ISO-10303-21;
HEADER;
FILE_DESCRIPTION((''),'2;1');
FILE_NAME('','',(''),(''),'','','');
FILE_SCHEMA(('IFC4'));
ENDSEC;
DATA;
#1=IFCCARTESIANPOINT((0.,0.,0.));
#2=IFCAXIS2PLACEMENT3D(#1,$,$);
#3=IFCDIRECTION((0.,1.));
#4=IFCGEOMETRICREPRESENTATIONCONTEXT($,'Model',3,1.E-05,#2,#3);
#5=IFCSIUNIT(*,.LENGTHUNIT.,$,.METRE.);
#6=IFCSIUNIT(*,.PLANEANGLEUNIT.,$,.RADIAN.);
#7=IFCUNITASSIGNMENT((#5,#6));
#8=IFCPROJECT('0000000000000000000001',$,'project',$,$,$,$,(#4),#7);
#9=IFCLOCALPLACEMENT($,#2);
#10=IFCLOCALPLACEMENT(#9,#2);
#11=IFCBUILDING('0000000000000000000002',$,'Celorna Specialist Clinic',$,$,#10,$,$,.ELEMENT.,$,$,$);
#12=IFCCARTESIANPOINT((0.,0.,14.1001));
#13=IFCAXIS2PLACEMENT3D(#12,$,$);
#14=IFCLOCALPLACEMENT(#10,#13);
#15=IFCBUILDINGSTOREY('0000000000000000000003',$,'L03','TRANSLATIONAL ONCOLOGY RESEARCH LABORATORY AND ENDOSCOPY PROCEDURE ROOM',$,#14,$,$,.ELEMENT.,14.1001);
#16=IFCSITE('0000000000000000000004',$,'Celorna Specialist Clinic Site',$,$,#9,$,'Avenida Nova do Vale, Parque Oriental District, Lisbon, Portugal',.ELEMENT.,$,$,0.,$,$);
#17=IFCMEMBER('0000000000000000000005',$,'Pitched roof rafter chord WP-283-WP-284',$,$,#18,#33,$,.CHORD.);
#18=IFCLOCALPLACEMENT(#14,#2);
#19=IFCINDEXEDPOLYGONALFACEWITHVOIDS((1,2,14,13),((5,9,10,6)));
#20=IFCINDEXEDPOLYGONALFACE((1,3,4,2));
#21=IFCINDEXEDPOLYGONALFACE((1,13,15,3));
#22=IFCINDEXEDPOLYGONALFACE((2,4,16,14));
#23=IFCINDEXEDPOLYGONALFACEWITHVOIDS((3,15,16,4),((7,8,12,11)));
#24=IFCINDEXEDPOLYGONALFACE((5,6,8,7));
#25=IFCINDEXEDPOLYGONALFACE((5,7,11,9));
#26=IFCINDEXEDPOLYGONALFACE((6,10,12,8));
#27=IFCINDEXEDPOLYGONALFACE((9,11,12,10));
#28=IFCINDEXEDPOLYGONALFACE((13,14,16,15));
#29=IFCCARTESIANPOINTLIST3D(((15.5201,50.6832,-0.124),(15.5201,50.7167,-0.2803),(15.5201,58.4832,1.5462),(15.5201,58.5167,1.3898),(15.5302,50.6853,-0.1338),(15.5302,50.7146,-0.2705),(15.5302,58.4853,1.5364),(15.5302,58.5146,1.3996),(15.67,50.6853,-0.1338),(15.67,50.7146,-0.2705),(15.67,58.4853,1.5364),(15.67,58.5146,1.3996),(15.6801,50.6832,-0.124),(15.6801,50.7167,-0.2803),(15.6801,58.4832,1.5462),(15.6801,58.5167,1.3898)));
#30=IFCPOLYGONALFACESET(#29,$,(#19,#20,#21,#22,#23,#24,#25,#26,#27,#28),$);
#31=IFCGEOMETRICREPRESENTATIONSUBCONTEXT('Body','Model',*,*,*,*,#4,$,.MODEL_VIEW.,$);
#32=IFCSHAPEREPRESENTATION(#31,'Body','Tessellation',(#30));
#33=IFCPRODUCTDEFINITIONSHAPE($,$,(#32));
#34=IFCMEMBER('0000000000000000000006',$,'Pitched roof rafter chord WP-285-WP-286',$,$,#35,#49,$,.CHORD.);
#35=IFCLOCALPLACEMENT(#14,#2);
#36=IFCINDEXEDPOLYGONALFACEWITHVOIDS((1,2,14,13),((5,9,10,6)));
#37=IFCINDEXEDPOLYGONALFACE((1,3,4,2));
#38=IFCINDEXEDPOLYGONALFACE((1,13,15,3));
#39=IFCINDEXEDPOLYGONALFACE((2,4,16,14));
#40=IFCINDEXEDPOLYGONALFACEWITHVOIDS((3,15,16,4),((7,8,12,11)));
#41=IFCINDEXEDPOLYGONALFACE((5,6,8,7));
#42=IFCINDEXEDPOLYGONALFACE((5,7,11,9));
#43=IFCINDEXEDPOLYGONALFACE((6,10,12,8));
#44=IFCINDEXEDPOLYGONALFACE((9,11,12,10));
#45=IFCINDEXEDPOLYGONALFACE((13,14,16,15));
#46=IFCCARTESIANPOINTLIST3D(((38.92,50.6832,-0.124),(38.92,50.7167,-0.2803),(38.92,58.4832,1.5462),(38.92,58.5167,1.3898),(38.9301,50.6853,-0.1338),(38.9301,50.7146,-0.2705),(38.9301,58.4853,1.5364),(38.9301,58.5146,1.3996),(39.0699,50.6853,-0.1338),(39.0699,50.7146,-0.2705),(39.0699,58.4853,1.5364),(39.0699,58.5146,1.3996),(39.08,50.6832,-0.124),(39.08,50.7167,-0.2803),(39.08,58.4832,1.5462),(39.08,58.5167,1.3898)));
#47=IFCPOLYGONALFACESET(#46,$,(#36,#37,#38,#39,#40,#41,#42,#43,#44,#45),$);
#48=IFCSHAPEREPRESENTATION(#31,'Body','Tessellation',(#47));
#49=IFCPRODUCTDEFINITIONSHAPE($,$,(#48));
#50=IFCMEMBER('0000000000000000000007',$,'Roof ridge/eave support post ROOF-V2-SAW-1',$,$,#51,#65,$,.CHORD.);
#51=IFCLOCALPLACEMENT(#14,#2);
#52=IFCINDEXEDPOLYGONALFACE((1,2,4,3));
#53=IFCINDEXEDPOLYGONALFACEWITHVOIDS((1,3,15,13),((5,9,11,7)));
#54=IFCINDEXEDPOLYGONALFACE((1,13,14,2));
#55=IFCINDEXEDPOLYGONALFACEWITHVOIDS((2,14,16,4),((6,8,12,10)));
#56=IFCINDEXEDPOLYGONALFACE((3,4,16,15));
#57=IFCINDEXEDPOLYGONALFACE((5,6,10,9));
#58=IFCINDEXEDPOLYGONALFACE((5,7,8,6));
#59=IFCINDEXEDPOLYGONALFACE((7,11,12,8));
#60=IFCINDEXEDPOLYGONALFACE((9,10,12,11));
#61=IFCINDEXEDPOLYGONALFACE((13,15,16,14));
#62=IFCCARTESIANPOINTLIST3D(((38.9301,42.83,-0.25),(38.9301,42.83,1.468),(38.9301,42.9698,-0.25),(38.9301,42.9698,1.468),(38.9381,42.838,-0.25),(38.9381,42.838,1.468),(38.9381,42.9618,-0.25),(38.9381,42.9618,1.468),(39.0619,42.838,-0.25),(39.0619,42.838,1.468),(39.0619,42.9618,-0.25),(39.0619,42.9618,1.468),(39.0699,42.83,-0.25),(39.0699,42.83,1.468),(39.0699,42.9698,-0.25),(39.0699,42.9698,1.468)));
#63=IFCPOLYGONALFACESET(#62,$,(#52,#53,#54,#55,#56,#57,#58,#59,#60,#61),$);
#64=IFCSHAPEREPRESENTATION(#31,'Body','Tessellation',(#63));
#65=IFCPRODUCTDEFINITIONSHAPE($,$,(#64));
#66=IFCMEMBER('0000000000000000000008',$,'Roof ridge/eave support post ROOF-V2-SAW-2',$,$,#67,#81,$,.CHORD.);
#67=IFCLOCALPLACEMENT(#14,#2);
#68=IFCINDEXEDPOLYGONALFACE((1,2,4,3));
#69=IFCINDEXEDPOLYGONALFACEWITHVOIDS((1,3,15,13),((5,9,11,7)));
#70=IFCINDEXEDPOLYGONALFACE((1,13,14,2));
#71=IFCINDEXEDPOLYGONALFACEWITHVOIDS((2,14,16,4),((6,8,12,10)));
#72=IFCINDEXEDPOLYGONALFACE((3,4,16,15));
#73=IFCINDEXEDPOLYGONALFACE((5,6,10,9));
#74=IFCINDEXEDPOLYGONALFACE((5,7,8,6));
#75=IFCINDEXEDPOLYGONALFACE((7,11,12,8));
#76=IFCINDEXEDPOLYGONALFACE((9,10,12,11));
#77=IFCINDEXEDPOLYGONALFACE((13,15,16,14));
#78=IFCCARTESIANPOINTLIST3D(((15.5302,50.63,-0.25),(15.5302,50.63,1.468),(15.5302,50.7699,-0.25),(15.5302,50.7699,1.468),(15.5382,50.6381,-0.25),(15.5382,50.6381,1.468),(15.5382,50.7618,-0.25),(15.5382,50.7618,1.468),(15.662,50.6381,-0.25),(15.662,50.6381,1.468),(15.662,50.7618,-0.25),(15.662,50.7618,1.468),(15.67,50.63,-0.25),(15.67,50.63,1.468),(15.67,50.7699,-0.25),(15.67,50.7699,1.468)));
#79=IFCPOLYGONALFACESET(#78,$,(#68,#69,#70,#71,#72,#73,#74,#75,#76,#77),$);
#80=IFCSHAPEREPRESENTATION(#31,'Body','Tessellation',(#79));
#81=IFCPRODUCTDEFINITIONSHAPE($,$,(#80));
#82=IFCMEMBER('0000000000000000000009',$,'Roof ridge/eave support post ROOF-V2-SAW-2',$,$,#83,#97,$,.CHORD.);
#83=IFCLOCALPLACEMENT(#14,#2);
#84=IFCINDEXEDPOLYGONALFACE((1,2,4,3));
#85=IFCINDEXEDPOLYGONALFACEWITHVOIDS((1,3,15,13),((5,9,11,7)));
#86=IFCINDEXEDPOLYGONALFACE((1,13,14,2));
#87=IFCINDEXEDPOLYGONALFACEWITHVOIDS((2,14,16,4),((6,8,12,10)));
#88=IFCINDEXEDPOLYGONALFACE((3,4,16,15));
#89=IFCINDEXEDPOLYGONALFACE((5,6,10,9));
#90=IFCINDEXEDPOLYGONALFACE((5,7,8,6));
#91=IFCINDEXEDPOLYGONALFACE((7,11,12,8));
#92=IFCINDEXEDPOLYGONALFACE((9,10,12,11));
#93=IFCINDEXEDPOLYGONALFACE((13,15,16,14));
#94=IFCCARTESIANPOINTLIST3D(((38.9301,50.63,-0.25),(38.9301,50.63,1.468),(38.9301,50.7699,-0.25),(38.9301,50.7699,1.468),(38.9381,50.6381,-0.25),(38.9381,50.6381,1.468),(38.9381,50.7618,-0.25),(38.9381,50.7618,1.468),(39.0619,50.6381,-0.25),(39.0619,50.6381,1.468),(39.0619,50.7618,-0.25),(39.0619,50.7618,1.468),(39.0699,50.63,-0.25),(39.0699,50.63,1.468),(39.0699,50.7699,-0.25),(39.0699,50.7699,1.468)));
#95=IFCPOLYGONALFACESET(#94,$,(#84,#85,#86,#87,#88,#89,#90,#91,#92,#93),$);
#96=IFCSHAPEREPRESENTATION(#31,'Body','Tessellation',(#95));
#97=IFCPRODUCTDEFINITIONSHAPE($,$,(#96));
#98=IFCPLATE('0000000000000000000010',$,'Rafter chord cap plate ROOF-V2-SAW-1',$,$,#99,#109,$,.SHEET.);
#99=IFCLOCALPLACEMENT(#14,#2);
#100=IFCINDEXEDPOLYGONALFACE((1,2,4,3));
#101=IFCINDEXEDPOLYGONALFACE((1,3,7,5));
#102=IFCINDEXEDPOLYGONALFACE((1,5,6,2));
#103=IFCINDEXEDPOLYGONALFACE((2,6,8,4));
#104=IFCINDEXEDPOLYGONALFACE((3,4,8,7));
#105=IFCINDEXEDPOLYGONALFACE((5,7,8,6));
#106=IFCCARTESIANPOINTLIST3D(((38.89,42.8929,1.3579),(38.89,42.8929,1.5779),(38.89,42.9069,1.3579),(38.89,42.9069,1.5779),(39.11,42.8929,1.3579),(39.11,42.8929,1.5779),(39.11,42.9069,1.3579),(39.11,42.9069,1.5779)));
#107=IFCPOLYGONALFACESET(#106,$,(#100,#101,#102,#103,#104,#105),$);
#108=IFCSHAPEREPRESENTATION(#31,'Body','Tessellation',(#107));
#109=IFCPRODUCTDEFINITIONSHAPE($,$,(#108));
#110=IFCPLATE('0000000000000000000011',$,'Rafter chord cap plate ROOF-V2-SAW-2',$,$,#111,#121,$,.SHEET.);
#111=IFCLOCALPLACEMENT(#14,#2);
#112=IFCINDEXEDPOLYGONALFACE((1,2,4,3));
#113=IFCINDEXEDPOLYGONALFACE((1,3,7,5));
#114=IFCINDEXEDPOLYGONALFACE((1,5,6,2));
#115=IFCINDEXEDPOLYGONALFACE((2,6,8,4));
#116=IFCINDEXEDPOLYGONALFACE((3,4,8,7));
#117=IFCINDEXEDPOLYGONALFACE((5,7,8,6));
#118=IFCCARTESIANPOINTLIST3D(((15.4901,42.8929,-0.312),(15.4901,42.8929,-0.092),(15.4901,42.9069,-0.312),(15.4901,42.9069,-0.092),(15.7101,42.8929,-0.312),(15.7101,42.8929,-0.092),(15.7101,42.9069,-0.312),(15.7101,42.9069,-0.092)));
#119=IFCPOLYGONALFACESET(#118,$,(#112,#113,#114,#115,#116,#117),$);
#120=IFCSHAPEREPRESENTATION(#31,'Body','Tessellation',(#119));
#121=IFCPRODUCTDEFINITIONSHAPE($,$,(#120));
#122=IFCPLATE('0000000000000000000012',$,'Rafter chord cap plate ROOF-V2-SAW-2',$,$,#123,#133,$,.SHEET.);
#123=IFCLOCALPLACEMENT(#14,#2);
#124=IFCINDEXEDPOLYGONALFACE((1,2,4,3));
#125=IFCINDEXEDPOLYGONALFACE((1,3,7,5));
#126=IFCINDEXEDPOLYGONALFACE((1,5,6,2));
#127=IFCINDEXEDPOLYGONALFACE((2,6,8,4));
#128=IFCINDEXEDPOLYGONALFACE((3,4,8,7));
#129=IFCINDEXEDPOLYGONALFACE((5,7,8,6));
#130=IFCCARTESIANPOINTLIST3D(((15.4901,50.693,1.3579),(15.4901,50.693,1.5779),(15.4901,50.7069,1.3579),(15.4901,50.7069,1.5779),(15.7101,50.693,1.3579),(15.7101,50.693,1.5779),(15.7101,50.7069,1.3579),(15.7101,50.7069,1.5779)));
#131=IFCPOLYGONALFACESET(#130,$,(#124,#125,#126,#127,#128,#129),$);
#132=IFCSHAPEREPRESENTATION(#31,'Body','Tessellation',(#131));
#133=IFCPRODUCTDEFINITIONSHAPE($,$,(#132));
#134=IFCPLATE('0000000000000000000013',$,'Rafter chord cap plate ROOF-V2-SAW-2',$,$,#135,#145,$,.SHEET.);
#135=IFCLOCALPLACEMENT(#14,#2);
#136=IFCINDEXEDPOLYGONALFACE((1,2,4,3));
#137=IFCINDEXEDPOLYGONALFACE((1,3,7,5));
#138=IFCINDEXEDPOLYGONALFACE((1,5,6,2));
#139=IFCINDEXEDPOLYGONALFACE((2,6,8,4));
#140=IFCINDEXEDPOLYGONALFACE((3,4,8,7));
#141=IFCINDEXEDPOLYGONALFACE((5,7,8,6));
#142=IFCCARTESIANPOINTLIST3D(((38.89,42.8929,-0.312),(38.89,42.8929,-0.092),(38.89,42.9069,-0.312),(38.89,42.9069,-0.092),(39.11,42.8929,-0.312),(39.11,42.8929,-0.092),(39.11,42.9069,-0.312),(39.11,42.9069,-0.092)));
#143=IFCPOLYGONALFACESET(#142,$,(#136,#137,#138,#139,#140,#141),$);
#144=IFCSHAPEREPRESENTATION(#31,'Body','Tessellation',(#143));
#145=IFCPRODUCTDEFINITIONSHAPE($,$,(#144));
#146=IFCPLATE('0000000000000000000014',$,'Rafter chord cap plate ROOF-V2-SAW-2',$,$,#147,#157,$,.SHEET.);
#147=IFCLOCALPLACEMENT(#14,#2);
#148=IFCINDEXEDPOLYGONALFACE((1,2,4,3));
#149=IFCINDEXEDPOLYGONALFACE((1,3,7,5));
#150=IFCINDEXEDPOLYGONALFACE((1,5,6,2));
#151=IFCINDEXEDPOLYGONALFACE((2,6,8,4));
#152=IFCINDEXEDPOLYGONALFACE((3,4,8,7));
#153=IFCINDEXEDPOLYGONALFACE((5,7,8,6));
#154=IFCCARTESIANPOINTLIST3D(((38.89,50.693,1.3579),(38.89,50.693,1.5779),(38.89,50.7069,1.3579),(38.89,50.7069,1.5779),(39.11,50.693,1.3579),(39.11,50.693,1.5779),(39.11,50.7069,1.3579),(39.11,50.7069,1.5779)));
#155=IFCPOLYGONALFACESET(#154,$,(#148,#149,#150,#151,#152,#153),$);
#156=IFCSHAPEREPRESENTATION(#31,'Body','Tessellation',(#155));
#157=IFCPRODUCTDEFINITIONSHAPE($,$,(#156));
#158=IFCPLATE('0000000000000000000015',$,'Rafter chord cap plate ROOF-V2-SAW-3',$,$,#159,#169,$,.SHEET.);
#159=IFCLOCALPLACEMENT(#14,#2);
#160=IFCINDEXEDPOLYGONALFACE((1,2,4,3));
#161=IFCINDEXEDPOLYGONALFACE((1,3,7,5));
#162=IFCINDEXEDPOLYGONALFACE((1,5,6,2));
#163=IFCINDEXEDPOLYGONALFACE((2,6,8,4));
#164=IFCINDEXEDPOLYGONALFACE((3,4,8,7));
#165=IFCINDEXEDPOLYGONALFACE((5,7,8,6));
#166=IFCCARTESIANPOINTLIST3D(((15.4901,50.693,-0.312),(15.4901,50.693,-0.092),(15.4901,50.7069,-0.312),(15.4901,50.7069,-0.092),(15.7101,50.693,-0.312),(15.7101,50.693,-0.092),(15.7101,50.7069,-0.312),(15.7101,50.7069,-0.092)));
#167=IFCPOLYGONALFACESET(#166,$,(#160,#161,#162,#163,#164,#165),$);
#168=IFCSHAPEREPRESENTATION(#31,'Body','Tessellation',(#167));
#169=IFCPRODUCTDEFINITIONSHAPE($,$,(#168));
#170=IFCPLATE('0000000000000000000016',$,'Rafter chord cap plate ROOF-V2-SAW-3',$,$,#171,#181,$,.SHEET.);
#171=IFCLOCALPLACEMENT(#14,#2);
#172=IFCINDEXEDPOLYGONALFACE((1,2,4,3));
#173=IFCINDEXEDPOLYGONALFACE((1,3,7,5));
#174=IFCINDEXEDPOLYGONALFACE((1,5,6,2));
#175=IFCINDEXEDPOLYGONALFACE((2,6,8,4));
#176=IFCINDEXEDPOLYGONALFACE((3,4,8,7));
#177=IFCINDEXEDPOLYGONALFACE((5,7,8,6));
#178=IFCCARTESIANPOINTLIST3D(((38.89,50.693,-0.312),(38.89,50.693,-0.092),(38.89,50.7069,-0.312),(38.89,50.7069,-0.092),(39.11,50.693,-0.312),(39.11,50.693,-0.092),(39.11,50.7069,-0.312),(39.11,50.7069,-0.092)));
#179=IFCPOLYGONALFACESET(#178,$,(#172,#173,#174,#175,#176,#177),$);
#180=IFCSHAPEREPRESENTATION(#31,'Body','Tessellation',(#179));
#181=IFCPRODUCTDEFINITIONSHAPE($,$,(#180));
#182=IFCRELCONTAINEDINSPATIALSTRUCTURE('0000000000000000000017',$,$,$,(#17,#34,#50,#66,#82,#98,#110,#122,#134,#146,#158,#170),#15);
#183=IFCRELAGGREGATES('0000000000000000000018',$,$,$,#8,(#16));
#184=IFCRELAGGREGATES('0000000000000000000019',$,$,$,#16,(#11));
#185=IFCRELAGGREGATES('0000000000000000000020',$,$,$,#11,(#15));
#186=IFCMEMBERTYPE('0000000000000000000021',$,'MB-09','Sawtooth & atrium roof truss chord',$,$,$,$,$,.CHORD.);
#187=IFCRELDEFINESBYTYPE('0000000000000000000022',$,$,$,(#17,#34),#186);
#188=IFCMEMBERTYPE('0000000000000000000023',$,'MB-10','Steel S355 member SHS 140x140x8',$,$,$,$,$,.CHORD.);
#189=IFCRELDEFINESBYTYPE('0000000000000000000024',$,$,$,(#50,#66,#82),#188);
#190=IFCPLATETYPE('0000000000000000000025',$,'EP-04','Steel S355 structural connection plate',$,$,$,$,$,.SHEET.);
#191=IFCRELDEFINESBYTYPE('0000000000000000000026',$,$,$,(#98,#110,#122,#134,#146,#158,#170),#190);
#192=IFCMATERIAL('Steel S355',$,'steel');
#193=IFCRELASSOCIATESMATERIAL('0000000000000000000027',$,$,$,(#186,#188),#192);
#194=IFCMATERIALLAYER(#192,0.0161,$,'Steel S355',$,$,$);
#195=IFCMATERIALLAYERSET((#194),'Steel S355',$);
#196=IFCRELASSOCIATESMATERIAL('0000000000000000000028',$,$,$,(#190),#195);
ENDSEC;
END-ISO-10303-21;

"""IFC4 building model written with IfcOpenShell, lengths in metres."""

from ifc_helpers import new_model, si_unit, direction, frame, origin, origin_2d, place, context, subcontext, project, spatial, rectangle, hollow_rectangle, extrude, material, layer, layer_set, material_profile, profile_set, type_object, element, save


model = new_model("IFC4")

# Units and contexts
model_context = context("Model", 3, precision=1e-05, world=origin(), true_north=direction((0.0, 1.0)))
body_context = subcontext(model_context, "Body", "Model", "MODEL_VIEW")
ifc_project = project(units=[si_unit("LENGTHUNIT", "METRE"), si_unit("PLANEANGLEUNIT", "RADIAN")], contexts=[model_context])

# Site, building, storey
site_placement = place(None, origin())
site = spatial("IfcSite", under=ifc_project, at=site_placement, Name="Celorna Specialist Clinic Site", LongName="Avenida Nova do Vale, Parque Oriental District, Lisbon, Portugal", CompositionType="ELEMENT", RefElevation=0.0)
building_placement = place(site_placement, origin())
building = spatial("IfcBuilding", under=site, at=building_placement, Name="Celorna Specialist Clinic", CompositionType="ELEMENT")
storey_placement = place(building_placement, frame((0.0, 0.0, 14.1001)))
storey = spatial("IfcBuildingStorey", under=building, at=storey_placement, Name="L03", Description="TRANSLATIONAL ONCOLOGY RESEARCH LABORATORY AND ENDOSCOPY PROCEDURE ROOM", CompositionType="ELEMENT", Elevation=14.1001)

# Shared definitions
ifc_material = material(Name="Steel S355", Category="steel")

# Members
ifc_material_profile_1 = material_profile(ifc_material, hollow_rectangle(XDim=0.1599, YDim=0.1599, WallThickness=0.01, at=origin_2d()), Name="SHS 160x160x10")
ifc_profile_set_1 = profile_set([ifc_material_profile_1], Name="Steel S355")
member_type_1 = type_object("IfcMemberType", Name="MB-09", Description="Sawtooth & atrium roof truss chord", PredefinedType="CHORD", material=ifc_profile_set_1)
for number, where, z_axis, x_axis, name in (
    (1, (15.6001, 50.7, -0.2021), (0.0, 0.977835, 0.209377), (-1.0, 0.0, 0.0), "Pitched roof rafter chord WP-283-WP-284"),
    (2, (39.0, 50.7, -0.2021), (0.0, 0.977835, 0.209377), (-1.0, 0.0, 0.0), "Pitched roof rafter chord WP-285-WP-286"),
):
    element("IfcMember", number, at=place(storey_placement, frame(where, z_axis=z_axis, x_axis=x_axis)), inside=storey, type_object=member_type_1, Name=name, PredefinedType="CHORD", context=body_context, shape_type="SweptSolid", body=[
        extrude(hollow_rectangle(XDim=0.1599, YDim=0.1599, WallThickness=0.01, at=origin_2d()), origin(), (0.0, 0.0, 1.0), 7.9768),
    ])
ifc_material_profile_2 = material_profile(ifc_material, hollow_rectangle(XDim=0.1399, YDim=0.1399, WallThickness=0.0081, at=origin_2d()), Name="SHS 140x140x8")
ifc_profile_set_2 = profile_set([ifc_material_profile_2], Name="Steel S355")
member_type_2 = type_object("IfcMemberType", Name="MB-10", Description="Steel S355 member SHS 140x140x8", PredefinedType="CHORD", material=ifc_profile_set_2)
for number, where, z_axis, x_axis, name in (
    (3, (39.0, 42.8999, -0.25), (0.0, 0.0, 1.0), (1.0, 0.0, 0.0), "Roof ridge/eave support post ROOF-V2-SAW-1"),
    (4, (15.6001, 50.7, -0.25), (0.0, 0.0, 1.0), (1.0, 0.0, 0.0), "Roof ridge/eave support post ROOF-V2-SAW-2"),
    (5, (39.0, 50.7, -0.25), (0.0, 0.0, 1.0), (1.0, 0.0, 0.0), "Roof ridge/eave support post ROOF-V2-SAW-2"),
):
    element("IfcMember", number, at=place(storey_placement, frame(where, z_axis=z_axis, x_axis=x_axis)), inside=storey, type_object=member_type_2, Name=name, PredefinedType="CHORD", context=body_context, shape_type="SweptSolid", body=[
        extrude(hollow_rectangle(XDim=0.1399, YDim=0.1399, WallThickness=0.0081, at=origin_2d()), origin(), (0.0, 0.0, 1.0), 1.718),
    ])

# Plates
ifc_layer = layer(ifc_material, 0.0161, Name="Steel S355")
ifc_layer_set = layer_set([ifc_layer], Name="Steel S355")
plate_type = type_object("IfcPlateType", Name="EP-04", Description="Steel S355 structural connection plate", PredefinedType="SHEET", material=ifc_layer_set)
for number, where, z_axis, x_axis, name in (
    (6, (39.0, 42.8999, 1.3579), (0.0, 0.0, 1.0), (1.0, 0.0, 0.0), "Rafter chord cap plate ROOF-V2-SAW-1"),
    (7, (15.6001, 42.8999, -0.312), (0.0, 0.0, 1.0), (1.0, 0.0, 0.0), "Rafter chord cap plate ROOF-V2-SAW-2"),
    (8, (15.6001, 50.7, 1.3579), (0.0, 0.0, 1.0), (1.0, 0.0, 0.0), "Rafter chord cap plate ROOF-V2-SAW-2"),
    (9, (39.0, 42.8999, -0.312), (0.0, 0.0, 1.0), (1.0, 0.0, 0.0), "Rafter chord cap plate ROOF-V2-SAW-2"),
    (10, (39.0, 50.7, 1.3579), (0.0, 0.0, 1.0), (1.0, 0.0, 0.0), "Rafter chord cap plate ROOF-V2-SAW-2"),
    (11, (15.6001, 50.7, -0.312), (0.0, 0.0, 1.0), (1.0, 0.0, 0.0), "Rafter chord cap plate ROOF-V2-SAW-3"),
    (12, (39.0, 50.7, -0.312), (0.0, 0.0, 1.0), (1.0, 0.0, 0.0), "Rafter chord cap plate ROOF-V2-SAW-3"),
):
    element("IfcPlate", number, at=place(storey_placement, frame(where, z_axis=z_axis, x_axis=x_axis)), inside=storey, type_object=plate_type, Name=name, PredefinedType="SHEET", context=body_context, shape_type="SweptSolid", body=[
        extrude(rectangle(XDim=0.22, YDim=0.0139, at=origin_2d()), origin(), (0.0, 0.0, 1.0), 0.22),
    ])

save(model, "model.ifc")
